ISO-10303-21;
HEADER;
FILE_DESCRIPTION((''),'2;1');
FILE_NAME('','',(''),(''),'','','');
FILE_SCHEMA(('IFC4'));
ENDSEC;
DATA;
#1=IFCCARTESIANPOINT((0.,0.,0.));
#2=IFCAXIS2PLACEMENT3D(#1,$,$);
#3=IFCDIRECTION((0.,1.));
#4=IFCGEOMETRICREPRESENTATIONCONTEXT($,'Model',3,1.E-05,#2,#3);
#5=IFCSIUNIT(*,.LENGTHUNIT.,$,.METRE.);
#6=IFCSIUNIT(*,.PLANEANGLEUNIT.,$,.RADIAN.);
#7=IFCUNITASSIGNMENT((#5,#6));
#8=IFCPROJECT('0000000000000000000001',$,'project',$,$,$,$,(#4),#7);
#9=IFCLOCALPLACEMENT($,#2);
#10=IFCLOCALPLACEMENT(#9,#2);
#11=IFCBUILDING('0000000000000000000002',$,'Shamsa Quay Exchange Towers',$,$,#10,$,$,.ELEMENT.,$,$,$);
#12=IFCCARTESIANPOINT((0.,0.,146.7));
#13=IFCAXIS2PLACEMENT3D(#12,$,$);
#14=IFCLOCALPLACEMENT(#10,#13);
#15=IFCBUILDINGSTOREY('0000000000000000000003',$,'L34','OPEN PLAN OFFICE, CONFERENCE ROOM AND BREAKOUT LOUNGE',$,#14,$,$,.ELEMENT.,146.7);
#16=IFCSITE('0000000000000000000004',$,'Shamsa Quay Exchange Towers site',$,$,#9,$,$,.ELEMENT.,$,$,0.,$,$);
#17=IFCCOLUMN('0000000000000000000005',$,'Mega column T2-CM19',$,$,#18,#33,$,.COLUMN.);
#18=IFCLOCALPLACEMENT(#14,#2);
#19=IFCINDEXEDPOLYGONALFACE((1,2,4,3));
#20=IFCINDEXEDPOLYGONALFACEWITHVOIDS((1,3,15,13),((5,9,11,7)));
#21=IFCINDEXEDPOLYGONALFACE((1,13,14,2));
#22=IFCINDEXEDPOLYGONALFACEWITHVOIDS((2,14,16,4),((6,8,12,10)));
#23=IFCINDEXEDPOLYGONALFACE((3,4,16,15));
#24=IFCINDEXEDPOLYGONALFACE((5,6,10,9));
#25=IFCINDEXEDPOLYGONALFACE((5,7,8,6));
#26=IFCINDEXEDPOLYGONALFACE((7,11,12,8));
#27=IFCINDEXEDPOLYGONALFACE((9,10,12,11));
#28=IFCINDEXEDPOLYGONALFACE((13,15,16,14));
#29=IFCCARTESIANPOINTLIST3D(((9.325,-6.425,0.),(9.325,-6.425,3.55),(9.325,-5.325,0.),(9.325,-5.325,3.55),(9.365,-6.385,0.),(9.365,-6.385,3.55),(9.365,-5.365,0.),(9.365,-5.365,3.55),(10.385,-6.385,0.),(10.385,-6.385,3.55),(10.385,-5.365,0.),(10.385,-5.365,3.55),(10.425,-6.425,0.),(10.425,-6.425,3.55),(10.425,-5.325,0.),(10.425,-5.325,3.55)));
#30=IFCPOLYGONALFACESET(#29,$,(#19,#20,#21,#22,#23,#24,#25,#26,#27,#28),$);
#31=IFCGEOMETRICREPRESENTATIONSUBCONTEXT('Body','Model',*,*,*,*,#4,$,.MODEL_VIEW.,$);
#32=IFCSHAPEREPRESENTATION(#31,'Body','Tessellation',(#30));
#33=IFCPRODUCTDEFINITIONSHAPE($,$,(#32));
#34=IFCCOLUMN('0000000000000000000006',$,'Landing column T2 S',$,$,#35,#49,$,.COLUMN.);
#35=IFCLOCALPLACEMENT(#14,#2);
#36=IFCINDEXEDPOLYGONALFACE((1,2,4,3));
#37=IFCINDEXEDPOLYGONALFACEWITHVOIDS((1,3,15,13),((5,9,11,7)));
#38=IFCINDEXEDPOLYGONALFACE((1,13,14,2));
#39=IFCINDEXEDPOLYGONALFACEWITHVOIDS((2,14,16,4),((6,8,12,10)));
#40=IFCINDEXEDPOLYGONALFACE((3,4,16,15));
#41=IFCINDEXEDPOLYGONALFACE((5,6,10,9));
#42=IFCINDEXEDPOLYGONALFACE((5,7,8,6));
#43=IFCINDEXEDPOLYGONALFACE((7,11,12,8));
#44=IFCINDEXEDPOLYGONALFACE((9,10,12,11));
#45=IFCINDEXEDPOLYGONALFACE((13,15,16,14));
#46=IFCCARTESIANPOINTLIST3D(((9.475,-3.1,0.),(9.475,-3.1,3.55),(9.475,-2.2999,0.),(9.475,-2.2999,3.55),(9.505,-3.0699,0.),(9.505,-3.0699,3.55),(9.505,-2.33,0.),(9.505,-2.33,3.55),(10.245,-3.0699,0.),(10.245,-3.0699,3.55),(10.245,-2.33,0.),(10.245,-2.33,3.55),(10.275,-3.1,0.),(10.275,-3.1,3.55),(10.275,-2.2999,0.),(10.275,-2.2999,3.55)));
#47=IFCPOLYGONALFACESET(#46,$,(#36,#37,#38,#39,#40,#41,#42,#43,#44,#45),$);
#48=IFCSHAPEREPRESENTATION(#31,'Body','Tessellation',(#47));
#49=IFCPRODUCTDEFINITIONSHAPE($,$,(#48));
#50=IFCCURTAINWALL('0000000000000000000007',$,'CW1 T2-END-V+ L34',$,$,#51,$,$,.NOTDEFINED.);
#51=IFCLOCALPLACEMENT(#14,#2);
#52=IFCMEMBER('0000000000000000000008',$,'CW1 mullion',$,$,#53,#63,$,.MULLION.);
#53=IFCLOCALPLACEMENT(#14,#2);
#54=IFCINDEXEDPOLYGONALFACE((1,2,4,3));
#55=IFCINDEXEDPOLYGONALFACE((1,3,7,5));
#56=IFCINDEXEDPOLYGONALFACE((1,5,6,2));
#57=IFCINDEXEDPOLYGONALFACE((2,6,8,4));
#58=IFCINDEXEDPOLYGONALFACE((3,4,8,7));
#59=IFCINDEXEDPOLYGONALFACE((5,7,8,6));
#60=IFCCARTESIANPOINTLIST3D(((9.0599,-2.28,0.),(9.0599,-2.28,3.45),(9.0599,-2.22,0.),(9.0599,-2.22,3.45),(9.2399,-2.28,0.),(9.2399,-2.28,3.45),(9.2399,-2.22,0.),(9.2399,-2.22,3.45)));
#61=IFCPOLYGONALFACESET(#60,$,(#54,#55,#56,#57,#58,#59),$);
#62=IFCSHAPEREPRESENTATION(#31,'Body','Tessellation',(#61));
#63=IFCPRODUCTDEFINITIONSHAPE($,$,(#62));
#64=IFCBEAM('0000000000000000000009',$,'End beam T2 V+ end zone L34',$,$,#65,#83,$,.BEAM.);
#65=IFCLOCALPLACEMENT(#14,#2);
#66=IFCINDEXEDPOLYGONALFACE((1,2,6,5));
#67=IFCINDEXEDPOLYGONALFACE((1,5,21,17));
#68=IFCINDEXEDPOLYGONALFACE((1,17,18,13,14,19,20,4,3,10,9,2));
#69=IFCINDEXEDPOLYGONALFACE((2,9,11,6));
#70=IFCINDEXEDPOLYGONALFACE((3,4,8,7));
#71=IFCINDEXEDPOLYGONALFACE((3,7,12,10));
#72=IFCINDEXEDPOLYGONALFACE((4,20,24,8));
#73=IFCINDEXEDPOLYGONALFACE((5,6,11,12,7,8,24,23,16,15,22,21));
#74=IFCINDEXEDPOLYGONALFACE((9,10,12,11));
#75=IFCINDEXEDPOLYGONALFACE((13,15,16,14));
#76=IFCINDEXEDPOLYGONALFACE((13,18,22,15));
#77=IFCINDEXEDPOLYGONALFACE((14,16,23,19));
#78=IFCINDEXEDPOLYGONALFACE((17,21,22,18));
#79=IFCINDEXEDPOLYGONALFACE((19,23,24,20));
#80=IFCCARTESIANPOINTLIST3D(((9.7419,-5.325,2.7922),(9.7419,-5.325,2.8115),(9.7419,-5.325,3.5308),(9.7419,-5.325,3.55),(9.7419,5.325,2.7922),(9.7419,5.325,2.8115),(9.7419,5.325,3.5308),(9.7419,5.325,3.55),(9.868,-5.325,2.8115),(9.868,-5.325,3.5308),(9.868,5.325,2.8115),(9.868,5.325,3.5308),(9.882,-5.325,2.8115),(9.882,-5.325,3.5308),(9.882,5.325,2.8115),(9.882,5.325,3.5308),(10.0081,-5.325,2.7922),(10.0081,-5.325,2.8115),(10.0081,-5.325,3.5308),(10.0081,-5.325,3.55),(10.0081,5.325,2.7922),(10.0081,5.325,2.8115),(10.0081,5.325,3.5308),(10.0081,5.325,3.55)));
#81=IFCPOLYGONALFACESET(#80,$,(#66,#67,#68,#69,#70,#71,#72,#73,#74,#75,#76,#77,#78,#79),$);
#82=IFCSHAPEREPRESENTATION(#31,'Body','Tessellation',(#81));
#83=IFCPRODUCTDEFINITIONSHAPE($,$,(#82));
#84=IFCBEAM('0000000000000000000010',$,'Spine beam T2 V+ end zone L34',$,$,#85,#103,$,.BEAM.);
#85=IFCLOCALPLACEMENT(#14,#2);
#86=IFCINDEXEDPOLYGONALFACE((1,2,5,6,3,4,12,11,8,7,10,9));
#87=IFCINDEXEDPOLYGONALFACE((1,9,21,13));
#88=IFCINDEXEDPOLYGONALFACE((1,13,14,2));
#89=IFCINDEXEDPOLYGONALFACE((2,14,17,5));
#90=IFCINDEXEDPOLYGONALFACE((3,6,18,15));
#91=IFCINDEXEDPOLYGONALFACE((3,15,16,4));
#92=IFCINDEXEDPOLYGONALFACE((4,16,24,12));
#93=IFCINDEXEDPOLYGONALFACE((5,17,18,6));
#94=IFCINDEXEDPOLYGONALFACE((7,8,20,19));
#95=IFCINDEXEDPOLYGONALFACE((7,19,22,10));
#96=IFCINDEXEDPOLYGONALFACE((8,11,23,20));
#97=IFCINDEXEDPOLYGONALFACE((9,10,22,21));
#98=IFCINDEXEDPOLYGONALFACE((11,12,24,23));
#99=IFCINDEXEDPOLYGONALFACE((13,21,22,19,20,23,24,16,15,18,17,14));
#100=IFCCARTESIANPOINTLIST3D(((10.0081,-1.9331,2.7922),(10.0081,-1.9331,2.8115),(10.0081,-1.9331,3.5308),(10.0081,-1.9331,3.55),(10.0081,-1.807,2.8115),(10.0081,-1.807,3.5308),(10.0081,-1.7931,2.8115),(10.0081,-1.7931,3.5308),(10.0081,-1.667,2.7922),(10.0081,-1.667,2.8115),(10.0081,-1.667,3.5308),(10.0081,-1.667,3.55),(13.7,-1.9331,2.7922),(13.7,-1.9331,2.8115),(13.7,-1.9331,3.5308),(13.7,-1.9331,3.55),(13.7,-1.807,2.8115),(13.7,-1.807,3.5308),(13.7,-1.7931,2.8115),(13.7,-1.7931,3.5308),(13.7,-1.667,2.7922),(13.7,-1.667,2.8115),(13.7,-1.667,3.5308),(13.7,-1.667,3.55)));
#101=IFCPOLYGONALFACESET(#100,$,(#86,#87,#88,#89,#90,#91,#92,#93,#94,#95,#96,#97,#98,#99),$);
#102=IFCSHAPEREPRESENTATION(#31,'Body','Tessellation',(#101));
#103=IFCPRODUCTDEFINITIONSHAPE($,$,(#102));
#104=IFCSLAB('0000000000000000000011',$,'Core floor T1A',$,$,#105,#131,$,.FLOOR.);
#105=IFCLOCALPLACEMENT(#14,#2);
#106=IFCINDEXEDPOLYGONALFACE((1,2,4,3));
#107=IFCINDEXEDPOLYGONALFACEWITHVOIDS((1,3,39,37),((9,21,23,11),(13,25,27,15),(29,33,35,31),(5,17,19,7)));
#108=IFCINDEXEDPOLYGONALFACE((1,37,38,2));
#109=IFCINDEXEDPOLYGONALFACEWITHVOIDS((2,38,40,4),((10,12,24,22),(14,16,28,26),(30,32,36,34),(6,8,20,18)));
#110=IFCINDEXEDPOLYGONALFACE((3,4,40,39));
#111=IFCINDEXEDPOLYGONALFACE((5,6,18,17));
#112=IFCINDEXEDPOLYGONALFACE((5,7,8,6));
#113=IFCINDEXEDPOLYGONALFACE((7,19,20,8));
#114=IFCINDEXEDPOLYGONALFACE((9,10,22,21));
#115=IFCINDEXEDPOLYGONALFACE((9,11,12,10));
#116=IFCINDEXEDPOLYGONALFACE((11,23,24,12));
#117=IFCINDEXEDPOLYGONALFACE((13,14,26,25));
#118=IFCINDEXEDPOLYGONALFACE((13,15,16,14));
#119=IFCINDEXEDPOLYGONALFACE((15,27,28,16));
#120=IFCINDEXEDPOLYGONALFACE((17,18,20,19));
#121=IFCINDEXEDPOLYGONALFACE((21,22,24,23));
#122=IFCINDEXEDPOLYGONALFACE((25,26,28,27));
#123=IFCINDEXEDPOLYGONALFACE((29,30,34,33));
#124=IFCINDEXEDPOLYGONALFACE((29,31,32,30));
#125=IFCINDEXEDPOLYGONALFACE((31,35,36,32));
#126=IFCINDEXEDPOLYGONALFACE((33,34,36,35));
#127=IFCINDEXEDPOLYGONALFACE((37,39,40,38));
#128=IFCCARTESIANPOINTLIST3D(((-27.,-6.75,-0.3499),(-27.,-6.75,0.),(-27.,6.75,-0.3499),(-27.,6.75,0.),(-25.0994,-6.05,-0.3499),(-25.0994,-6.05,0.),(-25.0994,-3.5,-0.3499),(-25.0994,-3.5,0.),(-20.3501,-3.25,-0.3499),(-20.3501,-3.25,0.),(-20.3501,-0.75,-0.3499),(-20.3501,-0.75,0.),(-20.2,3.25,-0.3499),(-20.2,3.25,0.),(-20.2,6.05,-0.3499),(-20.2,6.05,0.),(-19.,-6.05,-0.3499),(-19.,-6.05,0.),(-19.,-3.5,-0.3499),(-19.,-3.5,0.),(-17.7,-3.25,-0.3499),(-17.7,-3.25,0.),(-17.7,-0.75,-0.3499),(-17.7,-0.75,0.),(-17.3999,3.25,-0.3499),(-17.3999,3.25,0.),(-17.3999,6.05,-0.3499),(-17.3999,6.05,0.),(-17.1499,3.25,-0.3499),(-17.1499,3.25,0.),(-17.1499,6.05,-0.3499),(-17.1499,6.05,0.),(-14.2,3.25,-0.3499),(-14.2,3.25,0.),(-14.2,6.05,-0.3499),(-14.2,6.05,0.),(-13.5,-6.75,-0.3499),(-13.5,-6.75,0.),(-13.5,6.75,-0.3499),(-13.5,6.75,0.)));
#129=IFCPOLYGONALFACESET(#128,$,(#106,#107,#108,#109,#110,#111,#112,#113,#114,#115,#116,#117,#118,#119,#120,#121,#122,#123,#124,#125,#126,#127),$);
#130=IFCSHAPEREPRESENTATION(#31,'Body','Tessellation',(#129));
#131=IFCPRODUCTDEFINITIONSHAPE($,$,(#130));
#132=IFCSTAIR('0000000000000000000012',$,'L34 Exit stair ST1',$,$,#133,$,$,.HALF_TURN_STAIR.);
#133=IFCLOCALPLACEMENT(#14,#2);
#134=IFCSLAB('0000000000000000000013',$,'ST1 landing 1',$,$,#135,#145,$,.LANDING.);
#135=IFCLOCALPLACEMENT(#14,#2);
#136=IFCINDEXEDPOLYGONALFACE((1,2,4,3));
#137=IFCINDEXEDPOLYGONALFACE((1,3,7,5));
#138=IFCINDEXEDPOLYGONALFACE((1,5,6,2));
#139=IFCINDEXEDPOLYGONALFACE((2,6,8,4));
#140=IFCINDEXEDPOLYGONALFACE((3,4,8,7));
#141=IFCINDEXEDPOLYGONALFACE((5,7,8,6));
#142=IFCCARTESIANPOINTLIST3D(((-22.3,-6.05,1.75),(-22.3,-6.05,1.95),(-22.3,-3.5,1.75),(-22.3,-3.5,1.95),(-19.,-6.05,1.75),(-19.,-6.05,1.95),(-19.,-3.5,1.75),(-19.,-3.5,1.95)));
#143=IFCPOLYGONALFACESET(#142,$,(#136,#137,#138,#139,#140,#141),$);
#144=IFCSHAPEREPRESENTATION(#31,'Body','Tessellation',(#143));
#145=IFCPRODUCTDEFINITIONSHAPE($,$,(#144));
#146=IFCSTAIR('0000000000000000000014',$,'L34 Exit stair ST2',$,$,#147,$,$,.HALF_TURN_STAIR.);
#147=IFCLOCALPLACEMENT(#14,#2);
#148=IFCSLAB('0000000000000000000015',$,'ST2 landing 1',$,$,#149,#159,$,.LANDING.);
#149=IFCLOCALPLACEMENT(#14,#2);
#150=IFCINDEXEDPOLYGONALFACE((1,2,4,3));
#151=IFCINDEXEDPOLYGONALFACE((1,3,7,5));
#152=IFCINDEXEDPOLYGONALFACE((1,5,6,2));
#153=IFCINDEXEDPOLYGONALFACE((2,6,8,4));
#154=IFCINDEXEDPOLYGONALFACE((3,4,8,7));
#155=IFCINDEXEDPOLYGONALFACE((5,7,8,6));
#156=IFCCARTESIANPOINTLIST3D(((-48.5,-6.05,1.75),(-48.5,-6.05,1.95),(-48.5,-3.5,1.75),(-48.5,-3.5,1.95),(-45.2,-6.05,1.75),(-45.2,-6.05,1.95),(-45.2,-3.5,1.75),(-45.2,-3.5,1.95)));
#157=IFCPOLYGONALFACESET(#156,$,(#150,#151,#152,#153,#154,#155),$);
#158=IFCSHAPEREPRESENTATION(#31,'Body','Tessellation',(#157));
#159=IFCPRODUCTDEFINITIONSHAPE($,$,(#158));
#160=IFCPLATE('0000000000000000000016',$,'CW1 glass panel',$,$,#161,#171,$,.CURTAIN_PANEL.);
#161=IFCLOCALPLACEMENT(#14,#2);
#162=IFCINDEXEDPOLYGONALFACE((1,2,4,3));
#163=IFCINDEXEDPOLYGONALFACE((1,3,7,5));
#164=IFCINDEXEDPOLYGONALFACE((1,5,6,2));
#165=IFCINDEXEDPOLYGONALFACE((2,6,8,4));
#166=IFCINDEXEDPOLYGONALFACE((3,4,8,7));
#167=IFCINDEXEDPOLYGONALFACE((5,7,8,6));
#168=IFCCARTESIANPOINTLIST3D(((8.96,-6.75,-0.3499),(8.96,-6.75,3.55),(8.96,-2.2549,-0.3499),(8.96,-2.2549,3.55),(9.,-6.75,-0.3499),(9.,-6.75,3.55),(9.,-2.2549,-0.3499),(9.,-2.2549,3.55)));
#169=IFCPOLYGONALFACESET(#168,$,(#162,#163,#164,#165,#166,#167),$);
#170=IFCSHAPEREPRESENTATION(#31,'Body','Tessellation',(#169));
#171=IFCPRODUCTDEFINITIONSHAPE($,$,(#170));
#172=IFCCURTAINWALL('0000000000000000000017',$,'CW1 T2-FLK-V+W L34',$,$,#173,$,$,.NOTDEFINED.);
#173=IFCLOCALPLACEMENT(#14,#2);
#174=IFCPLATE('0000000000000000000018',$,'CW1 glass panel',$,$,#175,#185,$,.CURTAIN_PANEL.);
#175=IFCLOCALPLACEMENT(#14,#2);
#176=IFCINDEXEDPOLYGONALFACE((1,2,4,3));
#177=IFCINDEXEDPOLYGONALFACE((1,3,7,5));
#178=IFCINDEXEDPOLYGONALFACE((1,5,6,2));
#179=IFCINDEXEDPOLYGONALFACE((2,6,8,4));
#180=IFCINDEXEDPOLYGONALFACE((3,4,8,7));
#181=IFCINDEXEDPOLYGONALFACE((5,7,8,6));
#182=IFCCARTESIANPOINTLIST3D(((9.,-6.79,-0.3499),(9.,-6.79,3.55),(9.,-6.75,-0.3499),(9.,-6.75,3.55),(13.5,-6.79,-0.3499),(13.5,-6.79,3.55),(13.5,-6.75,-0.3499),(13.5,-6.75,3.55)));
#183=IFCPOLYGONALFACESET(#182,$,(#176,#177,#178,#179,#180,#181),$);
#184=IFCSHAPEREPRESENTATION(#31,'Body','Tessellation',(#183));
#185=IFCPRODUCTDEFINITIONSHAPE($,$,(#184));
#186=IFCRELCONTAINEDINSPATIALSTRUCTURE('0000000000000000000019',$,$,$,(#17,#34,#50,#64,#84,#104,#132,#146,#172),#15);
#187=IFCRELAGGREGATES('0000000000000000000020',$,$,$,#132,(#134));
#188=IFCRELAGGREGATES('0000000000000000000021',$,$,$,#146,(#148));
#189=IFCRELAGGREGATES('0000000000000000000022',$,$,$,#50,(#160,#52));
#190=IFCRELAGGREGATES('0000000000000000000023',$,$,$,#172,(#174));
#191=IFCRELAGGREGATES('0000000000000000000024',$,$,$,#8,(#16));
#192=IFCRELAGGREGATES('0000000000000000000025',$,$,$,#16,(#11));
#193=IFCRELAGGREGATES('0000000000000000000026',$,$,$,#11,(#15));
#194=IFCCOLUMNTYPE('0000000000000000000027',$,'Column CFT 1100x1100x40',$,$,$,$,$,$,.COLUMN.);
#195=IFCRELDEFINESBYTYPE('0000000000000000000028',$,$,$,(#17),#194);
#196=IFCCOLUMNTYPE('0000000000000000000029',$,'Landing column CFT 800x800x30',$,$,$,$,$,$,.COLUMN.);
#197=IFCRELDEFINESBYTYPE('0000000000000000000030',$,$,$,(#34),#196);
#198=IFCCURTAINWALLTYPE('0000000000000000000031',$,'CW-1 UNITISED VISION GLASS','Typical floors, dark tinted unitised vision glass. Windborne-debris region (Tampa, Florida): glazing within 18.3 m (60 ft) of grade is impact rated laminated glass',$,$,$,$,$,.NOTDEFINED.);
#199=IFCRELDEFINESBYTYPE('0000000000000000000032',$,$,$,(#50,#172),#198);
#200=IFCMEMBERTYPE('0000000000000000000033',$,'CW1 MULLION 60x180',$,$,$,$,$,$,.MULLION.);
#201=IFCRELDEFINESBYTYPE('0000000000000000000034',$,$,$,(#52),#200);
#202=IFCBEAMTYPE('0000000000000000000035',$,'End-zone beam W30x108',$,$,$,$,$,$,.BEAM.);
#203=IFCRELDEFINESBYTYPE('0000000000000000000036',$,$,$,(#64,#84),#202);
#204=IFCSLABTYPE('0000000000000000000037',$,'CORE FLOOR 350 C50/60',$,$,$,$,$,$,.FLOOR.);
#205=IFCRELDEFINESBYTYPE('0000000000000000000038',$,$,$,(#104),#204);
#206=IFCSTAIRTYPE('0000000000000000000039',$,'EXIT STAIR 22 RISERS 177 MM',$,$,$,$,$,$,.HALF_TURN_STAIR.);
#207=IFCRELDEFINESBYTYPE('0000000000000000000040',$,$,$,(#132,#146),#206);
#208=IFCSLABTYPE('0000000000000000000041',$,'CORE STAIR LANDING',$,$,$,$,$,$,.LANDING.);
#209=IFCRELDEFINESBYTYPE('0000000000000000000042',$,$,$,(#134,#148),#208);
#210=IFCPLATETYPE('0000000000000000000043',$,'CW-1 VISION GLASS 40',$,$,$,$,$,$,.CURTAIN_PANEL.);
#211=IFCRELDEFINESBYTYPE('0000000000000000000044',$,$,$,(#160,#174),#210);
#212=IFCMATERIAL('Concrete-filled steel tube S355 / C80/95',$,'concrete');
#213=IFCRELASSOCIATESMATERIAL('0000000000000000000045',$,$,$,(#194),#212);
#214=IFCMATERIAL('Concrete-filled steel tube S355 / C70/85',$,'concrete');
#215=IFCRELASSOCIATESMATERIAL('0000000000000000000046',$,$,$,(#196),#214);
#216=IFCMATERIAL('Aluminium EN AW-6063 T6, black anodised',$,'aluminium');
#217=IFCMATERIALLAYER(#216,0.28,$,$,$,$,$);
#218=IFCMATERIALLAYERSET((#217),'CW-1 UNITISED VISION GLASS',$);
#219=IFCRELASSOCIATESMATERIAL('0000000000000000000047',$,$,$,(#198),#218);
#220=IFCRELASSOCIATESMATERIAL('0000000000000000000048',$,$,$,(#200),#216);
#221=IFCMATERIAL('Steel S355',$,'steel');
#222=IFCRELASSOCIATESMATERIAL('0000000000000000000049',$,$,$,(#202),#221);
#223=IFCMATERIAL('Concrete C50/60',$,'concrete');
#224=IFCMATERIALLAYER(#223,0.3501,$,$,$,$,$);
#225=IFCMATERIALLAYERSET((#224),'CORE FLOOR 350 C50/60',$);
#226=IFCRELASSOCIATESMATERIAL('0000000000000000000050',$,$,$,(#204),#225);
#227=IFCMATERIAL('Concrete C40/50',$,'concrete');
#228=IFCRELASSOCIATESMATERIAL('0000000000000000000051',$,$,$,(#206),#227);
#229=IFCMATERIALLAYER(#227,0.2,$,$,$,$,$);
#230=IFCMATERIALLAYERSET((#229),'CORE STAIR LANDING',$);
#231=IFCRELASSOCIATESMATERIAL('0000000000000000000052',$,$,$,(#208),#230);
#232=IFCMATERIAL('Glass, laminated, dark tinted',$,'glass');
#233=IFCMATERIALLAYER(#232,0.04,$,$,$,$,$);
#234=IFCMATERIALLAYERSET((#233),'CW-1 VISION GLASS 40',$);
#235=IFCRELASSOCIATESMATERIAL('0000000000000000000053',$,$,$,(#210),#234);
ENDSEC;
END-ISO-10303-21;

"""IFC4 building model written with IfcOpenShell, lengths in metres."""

from ifc_helpers import new_model, si_unit, direction, frame, origin, origin_2d, place, context, subcontext, project, spatial, polyline, rectangle, hollow_rectangle, i_section, outline, extrude, material, layer, layer_set, material_profile, profile_set, type_object, element, aggregate, save


model = new_model("IFC4")

# Units and contexts
model_context = context("Model", 3, precision=1e-05, world=origin(), true_north=direction((0.0, 1.0)))
body_context = subcontext(model_context, "Body", "Model", "MODEL_VIEW")
ifc_project = project(units=[si_unit("LENGTHUNIT", "METRE"), si_unit("PLANEANGLEUNIT", "RADIAN")], contexts=[model_context])

# Site, building, storey
site_placement = place(None, origin())
site = spatial("IfcSite", under=ifc_project, at=site_placement, Name="Shamsa Quay Exchange Towers site", CompositionType="ELEMENT", RefElevation=0.0)
building_placement = place(site_placement, origin())
building = spatial("IfcBuilding", under=site, at=building_placement, Name="Shamsa Quay Exchange Towers", CompositionType="ELEMENT")
storey_placement = place(building_placement, frame((0.0, 0.0, 146.7)))
storey = spatial("IfcBuildingStorey", under=building, at=storey_placement, Name="L34", Description="OPEN PLAN OFFICE, CONFERENCE ROOM AND BREAKOUT LOUNGE", CompositionType="ELEMENT", Elevation=146.7)

# Columns
ifc_material_1 = material(Name="Concrete-filled steel tube S355 / C80/95", Category="concrete")
ifc_material_profile_1 = material_profile(ifc_material_1, hollow_rectangle(XDim=1.1001, YDim=1.1001, WallThickness=0.04, at=origin_2d()), Name="CFT 1100x1100x40")
ifc_profile_set_1 = profile_set([ifc_material_profile_1], Name="Concrete-filled steel tube S355 / C80/95")
column_type_1 = type_object("IfcColumnType", Name="Column CFT 1100x1100x40", PredefinedType="COLUMN", material=ifc_profile_set_1)
column_1_placement = place(storey_placement, frame((9.875, -5.875, 0.0)))
element("IfcColumn", 1, at=column_1_placement, inside=storey, type_object=column_type_1, Name="Mega column T2-CM19", PredefinedType="COLUMN", context=body_context, shape_type="SweptSolid", body=[
    extrude(hollow_rectangle(XDim=1.1001, YDim=1.1001, WallThickness=0.04, at=origin_2d()), origin(), (0.0, 0.0, 1.0), 3.55),
])
ifc_material_2 = material(Name="Concrete-filled steel tube S355 / C70/85", Category="concrete")
ifc_material_profile_2 = material_profile(ifc_material_2, hollow_rectangle(XDim=0.8, YDim=0.8, WallThickness=0.03, at=origin_2d()), Name="CFT 800x800x30")
ifc_profile_set_2 = profile_set([ifc_material_profile_2], Name="Concrete-filled steel tube S355 / C70/85")
column_type_2 = type_object("IfcColumnType", Name="Landing column CFT 800x800x30", PredefinedType="COLUMN", material=ifc_profile_set_2)
column_2_placement = place(storey_placement, frame((9.875, -2.7, 0.0)))
element("IfcColumn", 2, at=column_2_placement, inside=storey, type_object=column_type_2, Name="Landing column T2 S", PredefinedType="COLUMN", context=body_context, shape_type="SweptSolid", body=[
    extrude(hollow_rectangle(XDim=0.8, YDim=0.8, WallThickness=0.03, at=origin_2d()), origin(), (0.0, 0.0, 1.0), 3.55),
])

# Curtain wall, member
ifc_material_3 = material(Name="Aluminium EN AW-6063 T6, black anodised", Category="aluminium")
ifc_layer_1 = layer(ifc_material_3, 0.28)
ifc_layer_set_1 = layer_set([ifc_layer_1], Name="CW-1 UNITISED VISION GLASS")
curtain_wall_type_1 = type_object("IfcCurtainWallType", Name="CW-1 UNITISED VISION GLASS", Description="Typical floors, dark tinted unitised vision glass. Windborne-debris region (Tampa, Florida): glazing within 18.3 m (60 ft) of grade is impact rated laminated glass", PredefinedType="NOTDEFINED", material=ifc_layer_set_1)
curtain_wall_1_placement = place(storey_placement, origin())
curtain_wall_1 = element("IfcCurtainWall", 3, at=curtain_wall_1_placement, inside=storey, type_object=curtain_wall_type_1, Name="CW1 T2-END-V+ L34", PredefinedType="NOTDEFINED")
ifc_material_profile_3 = material_profile(ifc_material_3, rectangle(XDim=0.1799, YDim=0.0601, at=origin_2d()), Name="MU60x180")
ifc_profile_set_3 = profile_set([ifc_material_profile_3], Name="Aluminium EN AW-6063 T6, black anodised")
member_type = type_object("IfcMemberType", Name="CW1 MULLION 60x180", PredefinedType="MULLION", material=ifc_profile_set_3)
member_placement = place(storey_placement, frame((9.1499, -2.25, 0.0)))
member = element("IfcMember", 4, at=member_placement, type_object=member_type, Name="CW1 mullion", PredefinedType="MULLION", context=body_context, shape_type="SweptSolid", body=[
    extrude(rectangle(XDim=0.1799, YDim=0.0601, at=origin_2d()), origin(), (0.0, 0.0, 1.0), 3.45),
])

# Beams
ifc_material_4 = material(Name="Steel S355", Category="steel")
ifc_material_profile_4 = material_profile(ifc_material_4, i_section(OverallWidth=0.2661, OverallDepth=0.7578, WebThickness=0.0139, FlangeThickness=0.0193, at=origin_2d()), Name="W30x108")
ifc_profile_set_4 = profile_set([ifc_material_profile_4], Name="Steel S355")
beam_type = type_object("IfcBeamType", Name="End-zone beam W30x108", PredefinedType="BEAM", material=ifc_profile_set_4)
beam_1_placement = place(storey_placement, frame((9.875, -5.325, 3.1711), z_axis=(0.0, 1.0, 0.0), x_axis=(-1.0, 0.0, 0.0)))
element("IfcBeam", 5, at=beam_1_placement, inside=storey, type_object=beam_type, Name="End beam T2 V+ end zone L34", PredefinedType="BEAM", context=body_context, shape_type="SweptSolid", body=[
    extrude(i_section(OverallWidth=0.2661, OverallDepth=0.7578, WebThickness=0.0139, FlangeThickness=0.0193, at=origin_2d()), origin(), (0.0, 0.0, 1.0), 10.6499),
])
beam_2_placement = place(storey_placement, frame((13.7, -1.8, 3.1711), z_axis=(-1.0, 0.0, 0.0), x_axis=(0.0, -1.0, 0.0)))
element("IfcBeam", 6, at=beam_2_placement, inside=storey, type_object=beam_type, Name="Spine beam T2 V+ end zone L34", PredefinedType="BEAM", context=body_context, shape_type="SweptSolid", body=[
    extrude(i_section(OverallWidth=0.2661, OverallDepth=0.7578, WebThickness=0.0139, FlangeThickness=0.0193, at=origin_2d()), origin(), (0.0, 0.0, 1.0), 3.6919),
])

# Slab
ifc_material_5 = material(Name="Concrete C50/60", Category="concrete")
ifc_layer_2 = layer(ifc_material_5, 0.3501)
ifc_layer_set_2 = layer_set([ifc_layer_2], Name="CORE FLOOR 350 C50/60")
slab_type_1 = type_object("IfcSlabType", Name="CORE FLOOR 350 C50/60", PredefinedType="FLOOR", material=ifc_layer_set_2)
slab_1_placement = place(storey_placement, frame((0.0, 0.0, -0.3499)))
element("IfcSlab", 7, at=slab_1_placement, inside=storey, type_object=slab_type_1, Name="Core floor T1A", PredefinedType="FLOOR", context=body_context, shape_type="SweptSolid", body=[
    extrude(outline(polyline([(-27.0, -6.75), (-13.5, -6.75), (-13.5, 6.75), (-27.0, 6.75), (-27.0, -6.75)]), holes=[polyline([(-25.0994, -6.05), (-25.0994, -3.5), (-19.0, -3.5), (-19.0, -6.05), (-25.0994, -6.05)]), polyline([(-20.2, 3.25), (-20.2, 6.05), (-17.3999, 6.05), (-17.3999, 3.25), (-20.2, 3.25)]), polyline([(-17.1499, 3.25), (-17.1499, 6.05), (-14.2, 6.05), (-14.2, 3.25), (-17.1499, 3.25)]), polyline([(-20.3501, -3.25), (-20.3501, -0.75), (-17.7, -0.75), (-17.7, -3.25), (-20.3501, -3.25)])]), origin(), (0.0, 0.0, 1.0), 0.3499),
])

# Stairs, slabs
ifc_material_6 = material(Name="Concrete C40/50", Category="concrete")
stair_type = type_object("IfcStairType", Name="EXIT STAIR 22 RISERS 177 MM", PredefinedType="HALF_TURN_STAIR", material=ifc_material_6)
stair_1_placement = place(storey_placement, origin())
stair_1 = element("IfcStair", 8, at=stair_1_placement, inside=storey, type_object=stair_type, Name="L34 Exit stair ST1", PredefinedType="HALF_TURN_STAIR")
ifc_layer_3 = layer(ifc_material_6, 0.2)
ifc_layer_set_3 = layer_set([ifc_layer_3], Name="CORE STAIR LANDING")
slab_type_2 = type_object("IfcSlabType", Name="CORE STAIR LANDING", PredefinedType="LANDING", material=ifc_layer_set_3)
slab_2_placement = place(storey_placement, frame((0.0, 0.0, 1.75)))
slab_2 = element("IfcSlab", 9, at=slab_2_placement, type_object=slab_type_2, Name="ST1 landing 1", PredefinedType="LANDING", context=body_context, shape_type="SweptSolid", body=[
    extrude(outline(polyline([(-22.3, -6.05), (-19.0, -6.05), (-19.0, -3.5), (-22.3, -3.5), (-22.3, -6.05)])), origin(), (0.0, 0.0, 1.0), 0.2),
])
aggregate(stair_1, [slab_2])
stair_2_placement = place(storey_placement, origin())
stair_2 = element("IfcStair", 10, at=stair_2_placement, inside=storey, type_object=stair_type, Name="L34 Exit stair ST2", PredefinedType="HALF_TURN_STAIR")
slab_3_placement = place(storey_placement, frame((0.0, 0.0, 1.75)))
slab_3 = element("IfcSlab", 11, at=slab_3_placement, type_object=slab_type_2, Name="ST2 landing 1", PredefinedType="LANDING", context=body_context, shape_type="SweptSolid", body=[
    extrude(outline(polyline([(-45.2, -3.5), (-48.5, -3.5), (-48.5, -6.05), (-45.2, -6.05), (-45.2, -3.5)])), origin(), (0.0, 0.0, 1.0), 0.2),
])
aggregate(stair_2, [slab_3])

# Plate
ifc_material_7 = material(Name="Glass, laminated, dark tinted", Category="glass")
ifc_layer_4 = layer(ifc_material_7, 0.04)
ifc_layer_set_4 = layer_set([ifc_layer_4], Name="CW-1 VISION GLASS 40")
plate_type_1 = type_object("IfcPlateType", Name="CW-1 VISION GLASS 40", PredefinedType="CURTAIN_PANEL", material=ifc_layer_set_4)
plate_1_placement = place(storey_placement, frame((8.98, -4.5024, -0.3499), z_axis=(0.0, 0.0, 1.0), x_axis=(0.0, -1.0, 0.0)))
plate_1 = element("IfcPlate", 12, at=plate_1_placement, type_object=plate_type_1, Name="CW1 glass panel", PredefinedType="CURTAIN_PANEL", context=body_context, shape_type="SweptSolid", body=[
    extrude(rectangle(XDim=4.4951, YDim=0.04, at=origin_2d()), origin(), (0.0, 0.0, 1.0), 3.8999),
])
aggregate(curtain_wall_1, [plate_1, member])

# Curtain wall, plate
curtain_wall_2_placement = place(storey_placement, origin())
curtain_wall_2 = element("IfcCurtainWall", 13, at=curtain_wall_2_placement, inside=storey, type_object=curtain_wall_type_1, Name="CW1 T2-FLK-V+W L34", PredefinedType="NOTDEFINED")
plate_2_placement = place(storey_placement, frame((11.25, -6.77, -0.3499)))
plate_2 = element("IfcPlate", 14, at=plate_2_placement, type_object=plate_type_1, Name="CW1 glass panel", PredefinedType="CURTAIN_PANEL", context=body_context, shape_type="SweptSolid", body=[
    extrude(rectangle(XDim=4.5, YDim=0.04, at=origin_2d()), origin(), (0.0, 0.0, 1.0), 3.8999),
])
aggregate(curtain_wall_2, [plate_2])

save(model, "model.ifc")
